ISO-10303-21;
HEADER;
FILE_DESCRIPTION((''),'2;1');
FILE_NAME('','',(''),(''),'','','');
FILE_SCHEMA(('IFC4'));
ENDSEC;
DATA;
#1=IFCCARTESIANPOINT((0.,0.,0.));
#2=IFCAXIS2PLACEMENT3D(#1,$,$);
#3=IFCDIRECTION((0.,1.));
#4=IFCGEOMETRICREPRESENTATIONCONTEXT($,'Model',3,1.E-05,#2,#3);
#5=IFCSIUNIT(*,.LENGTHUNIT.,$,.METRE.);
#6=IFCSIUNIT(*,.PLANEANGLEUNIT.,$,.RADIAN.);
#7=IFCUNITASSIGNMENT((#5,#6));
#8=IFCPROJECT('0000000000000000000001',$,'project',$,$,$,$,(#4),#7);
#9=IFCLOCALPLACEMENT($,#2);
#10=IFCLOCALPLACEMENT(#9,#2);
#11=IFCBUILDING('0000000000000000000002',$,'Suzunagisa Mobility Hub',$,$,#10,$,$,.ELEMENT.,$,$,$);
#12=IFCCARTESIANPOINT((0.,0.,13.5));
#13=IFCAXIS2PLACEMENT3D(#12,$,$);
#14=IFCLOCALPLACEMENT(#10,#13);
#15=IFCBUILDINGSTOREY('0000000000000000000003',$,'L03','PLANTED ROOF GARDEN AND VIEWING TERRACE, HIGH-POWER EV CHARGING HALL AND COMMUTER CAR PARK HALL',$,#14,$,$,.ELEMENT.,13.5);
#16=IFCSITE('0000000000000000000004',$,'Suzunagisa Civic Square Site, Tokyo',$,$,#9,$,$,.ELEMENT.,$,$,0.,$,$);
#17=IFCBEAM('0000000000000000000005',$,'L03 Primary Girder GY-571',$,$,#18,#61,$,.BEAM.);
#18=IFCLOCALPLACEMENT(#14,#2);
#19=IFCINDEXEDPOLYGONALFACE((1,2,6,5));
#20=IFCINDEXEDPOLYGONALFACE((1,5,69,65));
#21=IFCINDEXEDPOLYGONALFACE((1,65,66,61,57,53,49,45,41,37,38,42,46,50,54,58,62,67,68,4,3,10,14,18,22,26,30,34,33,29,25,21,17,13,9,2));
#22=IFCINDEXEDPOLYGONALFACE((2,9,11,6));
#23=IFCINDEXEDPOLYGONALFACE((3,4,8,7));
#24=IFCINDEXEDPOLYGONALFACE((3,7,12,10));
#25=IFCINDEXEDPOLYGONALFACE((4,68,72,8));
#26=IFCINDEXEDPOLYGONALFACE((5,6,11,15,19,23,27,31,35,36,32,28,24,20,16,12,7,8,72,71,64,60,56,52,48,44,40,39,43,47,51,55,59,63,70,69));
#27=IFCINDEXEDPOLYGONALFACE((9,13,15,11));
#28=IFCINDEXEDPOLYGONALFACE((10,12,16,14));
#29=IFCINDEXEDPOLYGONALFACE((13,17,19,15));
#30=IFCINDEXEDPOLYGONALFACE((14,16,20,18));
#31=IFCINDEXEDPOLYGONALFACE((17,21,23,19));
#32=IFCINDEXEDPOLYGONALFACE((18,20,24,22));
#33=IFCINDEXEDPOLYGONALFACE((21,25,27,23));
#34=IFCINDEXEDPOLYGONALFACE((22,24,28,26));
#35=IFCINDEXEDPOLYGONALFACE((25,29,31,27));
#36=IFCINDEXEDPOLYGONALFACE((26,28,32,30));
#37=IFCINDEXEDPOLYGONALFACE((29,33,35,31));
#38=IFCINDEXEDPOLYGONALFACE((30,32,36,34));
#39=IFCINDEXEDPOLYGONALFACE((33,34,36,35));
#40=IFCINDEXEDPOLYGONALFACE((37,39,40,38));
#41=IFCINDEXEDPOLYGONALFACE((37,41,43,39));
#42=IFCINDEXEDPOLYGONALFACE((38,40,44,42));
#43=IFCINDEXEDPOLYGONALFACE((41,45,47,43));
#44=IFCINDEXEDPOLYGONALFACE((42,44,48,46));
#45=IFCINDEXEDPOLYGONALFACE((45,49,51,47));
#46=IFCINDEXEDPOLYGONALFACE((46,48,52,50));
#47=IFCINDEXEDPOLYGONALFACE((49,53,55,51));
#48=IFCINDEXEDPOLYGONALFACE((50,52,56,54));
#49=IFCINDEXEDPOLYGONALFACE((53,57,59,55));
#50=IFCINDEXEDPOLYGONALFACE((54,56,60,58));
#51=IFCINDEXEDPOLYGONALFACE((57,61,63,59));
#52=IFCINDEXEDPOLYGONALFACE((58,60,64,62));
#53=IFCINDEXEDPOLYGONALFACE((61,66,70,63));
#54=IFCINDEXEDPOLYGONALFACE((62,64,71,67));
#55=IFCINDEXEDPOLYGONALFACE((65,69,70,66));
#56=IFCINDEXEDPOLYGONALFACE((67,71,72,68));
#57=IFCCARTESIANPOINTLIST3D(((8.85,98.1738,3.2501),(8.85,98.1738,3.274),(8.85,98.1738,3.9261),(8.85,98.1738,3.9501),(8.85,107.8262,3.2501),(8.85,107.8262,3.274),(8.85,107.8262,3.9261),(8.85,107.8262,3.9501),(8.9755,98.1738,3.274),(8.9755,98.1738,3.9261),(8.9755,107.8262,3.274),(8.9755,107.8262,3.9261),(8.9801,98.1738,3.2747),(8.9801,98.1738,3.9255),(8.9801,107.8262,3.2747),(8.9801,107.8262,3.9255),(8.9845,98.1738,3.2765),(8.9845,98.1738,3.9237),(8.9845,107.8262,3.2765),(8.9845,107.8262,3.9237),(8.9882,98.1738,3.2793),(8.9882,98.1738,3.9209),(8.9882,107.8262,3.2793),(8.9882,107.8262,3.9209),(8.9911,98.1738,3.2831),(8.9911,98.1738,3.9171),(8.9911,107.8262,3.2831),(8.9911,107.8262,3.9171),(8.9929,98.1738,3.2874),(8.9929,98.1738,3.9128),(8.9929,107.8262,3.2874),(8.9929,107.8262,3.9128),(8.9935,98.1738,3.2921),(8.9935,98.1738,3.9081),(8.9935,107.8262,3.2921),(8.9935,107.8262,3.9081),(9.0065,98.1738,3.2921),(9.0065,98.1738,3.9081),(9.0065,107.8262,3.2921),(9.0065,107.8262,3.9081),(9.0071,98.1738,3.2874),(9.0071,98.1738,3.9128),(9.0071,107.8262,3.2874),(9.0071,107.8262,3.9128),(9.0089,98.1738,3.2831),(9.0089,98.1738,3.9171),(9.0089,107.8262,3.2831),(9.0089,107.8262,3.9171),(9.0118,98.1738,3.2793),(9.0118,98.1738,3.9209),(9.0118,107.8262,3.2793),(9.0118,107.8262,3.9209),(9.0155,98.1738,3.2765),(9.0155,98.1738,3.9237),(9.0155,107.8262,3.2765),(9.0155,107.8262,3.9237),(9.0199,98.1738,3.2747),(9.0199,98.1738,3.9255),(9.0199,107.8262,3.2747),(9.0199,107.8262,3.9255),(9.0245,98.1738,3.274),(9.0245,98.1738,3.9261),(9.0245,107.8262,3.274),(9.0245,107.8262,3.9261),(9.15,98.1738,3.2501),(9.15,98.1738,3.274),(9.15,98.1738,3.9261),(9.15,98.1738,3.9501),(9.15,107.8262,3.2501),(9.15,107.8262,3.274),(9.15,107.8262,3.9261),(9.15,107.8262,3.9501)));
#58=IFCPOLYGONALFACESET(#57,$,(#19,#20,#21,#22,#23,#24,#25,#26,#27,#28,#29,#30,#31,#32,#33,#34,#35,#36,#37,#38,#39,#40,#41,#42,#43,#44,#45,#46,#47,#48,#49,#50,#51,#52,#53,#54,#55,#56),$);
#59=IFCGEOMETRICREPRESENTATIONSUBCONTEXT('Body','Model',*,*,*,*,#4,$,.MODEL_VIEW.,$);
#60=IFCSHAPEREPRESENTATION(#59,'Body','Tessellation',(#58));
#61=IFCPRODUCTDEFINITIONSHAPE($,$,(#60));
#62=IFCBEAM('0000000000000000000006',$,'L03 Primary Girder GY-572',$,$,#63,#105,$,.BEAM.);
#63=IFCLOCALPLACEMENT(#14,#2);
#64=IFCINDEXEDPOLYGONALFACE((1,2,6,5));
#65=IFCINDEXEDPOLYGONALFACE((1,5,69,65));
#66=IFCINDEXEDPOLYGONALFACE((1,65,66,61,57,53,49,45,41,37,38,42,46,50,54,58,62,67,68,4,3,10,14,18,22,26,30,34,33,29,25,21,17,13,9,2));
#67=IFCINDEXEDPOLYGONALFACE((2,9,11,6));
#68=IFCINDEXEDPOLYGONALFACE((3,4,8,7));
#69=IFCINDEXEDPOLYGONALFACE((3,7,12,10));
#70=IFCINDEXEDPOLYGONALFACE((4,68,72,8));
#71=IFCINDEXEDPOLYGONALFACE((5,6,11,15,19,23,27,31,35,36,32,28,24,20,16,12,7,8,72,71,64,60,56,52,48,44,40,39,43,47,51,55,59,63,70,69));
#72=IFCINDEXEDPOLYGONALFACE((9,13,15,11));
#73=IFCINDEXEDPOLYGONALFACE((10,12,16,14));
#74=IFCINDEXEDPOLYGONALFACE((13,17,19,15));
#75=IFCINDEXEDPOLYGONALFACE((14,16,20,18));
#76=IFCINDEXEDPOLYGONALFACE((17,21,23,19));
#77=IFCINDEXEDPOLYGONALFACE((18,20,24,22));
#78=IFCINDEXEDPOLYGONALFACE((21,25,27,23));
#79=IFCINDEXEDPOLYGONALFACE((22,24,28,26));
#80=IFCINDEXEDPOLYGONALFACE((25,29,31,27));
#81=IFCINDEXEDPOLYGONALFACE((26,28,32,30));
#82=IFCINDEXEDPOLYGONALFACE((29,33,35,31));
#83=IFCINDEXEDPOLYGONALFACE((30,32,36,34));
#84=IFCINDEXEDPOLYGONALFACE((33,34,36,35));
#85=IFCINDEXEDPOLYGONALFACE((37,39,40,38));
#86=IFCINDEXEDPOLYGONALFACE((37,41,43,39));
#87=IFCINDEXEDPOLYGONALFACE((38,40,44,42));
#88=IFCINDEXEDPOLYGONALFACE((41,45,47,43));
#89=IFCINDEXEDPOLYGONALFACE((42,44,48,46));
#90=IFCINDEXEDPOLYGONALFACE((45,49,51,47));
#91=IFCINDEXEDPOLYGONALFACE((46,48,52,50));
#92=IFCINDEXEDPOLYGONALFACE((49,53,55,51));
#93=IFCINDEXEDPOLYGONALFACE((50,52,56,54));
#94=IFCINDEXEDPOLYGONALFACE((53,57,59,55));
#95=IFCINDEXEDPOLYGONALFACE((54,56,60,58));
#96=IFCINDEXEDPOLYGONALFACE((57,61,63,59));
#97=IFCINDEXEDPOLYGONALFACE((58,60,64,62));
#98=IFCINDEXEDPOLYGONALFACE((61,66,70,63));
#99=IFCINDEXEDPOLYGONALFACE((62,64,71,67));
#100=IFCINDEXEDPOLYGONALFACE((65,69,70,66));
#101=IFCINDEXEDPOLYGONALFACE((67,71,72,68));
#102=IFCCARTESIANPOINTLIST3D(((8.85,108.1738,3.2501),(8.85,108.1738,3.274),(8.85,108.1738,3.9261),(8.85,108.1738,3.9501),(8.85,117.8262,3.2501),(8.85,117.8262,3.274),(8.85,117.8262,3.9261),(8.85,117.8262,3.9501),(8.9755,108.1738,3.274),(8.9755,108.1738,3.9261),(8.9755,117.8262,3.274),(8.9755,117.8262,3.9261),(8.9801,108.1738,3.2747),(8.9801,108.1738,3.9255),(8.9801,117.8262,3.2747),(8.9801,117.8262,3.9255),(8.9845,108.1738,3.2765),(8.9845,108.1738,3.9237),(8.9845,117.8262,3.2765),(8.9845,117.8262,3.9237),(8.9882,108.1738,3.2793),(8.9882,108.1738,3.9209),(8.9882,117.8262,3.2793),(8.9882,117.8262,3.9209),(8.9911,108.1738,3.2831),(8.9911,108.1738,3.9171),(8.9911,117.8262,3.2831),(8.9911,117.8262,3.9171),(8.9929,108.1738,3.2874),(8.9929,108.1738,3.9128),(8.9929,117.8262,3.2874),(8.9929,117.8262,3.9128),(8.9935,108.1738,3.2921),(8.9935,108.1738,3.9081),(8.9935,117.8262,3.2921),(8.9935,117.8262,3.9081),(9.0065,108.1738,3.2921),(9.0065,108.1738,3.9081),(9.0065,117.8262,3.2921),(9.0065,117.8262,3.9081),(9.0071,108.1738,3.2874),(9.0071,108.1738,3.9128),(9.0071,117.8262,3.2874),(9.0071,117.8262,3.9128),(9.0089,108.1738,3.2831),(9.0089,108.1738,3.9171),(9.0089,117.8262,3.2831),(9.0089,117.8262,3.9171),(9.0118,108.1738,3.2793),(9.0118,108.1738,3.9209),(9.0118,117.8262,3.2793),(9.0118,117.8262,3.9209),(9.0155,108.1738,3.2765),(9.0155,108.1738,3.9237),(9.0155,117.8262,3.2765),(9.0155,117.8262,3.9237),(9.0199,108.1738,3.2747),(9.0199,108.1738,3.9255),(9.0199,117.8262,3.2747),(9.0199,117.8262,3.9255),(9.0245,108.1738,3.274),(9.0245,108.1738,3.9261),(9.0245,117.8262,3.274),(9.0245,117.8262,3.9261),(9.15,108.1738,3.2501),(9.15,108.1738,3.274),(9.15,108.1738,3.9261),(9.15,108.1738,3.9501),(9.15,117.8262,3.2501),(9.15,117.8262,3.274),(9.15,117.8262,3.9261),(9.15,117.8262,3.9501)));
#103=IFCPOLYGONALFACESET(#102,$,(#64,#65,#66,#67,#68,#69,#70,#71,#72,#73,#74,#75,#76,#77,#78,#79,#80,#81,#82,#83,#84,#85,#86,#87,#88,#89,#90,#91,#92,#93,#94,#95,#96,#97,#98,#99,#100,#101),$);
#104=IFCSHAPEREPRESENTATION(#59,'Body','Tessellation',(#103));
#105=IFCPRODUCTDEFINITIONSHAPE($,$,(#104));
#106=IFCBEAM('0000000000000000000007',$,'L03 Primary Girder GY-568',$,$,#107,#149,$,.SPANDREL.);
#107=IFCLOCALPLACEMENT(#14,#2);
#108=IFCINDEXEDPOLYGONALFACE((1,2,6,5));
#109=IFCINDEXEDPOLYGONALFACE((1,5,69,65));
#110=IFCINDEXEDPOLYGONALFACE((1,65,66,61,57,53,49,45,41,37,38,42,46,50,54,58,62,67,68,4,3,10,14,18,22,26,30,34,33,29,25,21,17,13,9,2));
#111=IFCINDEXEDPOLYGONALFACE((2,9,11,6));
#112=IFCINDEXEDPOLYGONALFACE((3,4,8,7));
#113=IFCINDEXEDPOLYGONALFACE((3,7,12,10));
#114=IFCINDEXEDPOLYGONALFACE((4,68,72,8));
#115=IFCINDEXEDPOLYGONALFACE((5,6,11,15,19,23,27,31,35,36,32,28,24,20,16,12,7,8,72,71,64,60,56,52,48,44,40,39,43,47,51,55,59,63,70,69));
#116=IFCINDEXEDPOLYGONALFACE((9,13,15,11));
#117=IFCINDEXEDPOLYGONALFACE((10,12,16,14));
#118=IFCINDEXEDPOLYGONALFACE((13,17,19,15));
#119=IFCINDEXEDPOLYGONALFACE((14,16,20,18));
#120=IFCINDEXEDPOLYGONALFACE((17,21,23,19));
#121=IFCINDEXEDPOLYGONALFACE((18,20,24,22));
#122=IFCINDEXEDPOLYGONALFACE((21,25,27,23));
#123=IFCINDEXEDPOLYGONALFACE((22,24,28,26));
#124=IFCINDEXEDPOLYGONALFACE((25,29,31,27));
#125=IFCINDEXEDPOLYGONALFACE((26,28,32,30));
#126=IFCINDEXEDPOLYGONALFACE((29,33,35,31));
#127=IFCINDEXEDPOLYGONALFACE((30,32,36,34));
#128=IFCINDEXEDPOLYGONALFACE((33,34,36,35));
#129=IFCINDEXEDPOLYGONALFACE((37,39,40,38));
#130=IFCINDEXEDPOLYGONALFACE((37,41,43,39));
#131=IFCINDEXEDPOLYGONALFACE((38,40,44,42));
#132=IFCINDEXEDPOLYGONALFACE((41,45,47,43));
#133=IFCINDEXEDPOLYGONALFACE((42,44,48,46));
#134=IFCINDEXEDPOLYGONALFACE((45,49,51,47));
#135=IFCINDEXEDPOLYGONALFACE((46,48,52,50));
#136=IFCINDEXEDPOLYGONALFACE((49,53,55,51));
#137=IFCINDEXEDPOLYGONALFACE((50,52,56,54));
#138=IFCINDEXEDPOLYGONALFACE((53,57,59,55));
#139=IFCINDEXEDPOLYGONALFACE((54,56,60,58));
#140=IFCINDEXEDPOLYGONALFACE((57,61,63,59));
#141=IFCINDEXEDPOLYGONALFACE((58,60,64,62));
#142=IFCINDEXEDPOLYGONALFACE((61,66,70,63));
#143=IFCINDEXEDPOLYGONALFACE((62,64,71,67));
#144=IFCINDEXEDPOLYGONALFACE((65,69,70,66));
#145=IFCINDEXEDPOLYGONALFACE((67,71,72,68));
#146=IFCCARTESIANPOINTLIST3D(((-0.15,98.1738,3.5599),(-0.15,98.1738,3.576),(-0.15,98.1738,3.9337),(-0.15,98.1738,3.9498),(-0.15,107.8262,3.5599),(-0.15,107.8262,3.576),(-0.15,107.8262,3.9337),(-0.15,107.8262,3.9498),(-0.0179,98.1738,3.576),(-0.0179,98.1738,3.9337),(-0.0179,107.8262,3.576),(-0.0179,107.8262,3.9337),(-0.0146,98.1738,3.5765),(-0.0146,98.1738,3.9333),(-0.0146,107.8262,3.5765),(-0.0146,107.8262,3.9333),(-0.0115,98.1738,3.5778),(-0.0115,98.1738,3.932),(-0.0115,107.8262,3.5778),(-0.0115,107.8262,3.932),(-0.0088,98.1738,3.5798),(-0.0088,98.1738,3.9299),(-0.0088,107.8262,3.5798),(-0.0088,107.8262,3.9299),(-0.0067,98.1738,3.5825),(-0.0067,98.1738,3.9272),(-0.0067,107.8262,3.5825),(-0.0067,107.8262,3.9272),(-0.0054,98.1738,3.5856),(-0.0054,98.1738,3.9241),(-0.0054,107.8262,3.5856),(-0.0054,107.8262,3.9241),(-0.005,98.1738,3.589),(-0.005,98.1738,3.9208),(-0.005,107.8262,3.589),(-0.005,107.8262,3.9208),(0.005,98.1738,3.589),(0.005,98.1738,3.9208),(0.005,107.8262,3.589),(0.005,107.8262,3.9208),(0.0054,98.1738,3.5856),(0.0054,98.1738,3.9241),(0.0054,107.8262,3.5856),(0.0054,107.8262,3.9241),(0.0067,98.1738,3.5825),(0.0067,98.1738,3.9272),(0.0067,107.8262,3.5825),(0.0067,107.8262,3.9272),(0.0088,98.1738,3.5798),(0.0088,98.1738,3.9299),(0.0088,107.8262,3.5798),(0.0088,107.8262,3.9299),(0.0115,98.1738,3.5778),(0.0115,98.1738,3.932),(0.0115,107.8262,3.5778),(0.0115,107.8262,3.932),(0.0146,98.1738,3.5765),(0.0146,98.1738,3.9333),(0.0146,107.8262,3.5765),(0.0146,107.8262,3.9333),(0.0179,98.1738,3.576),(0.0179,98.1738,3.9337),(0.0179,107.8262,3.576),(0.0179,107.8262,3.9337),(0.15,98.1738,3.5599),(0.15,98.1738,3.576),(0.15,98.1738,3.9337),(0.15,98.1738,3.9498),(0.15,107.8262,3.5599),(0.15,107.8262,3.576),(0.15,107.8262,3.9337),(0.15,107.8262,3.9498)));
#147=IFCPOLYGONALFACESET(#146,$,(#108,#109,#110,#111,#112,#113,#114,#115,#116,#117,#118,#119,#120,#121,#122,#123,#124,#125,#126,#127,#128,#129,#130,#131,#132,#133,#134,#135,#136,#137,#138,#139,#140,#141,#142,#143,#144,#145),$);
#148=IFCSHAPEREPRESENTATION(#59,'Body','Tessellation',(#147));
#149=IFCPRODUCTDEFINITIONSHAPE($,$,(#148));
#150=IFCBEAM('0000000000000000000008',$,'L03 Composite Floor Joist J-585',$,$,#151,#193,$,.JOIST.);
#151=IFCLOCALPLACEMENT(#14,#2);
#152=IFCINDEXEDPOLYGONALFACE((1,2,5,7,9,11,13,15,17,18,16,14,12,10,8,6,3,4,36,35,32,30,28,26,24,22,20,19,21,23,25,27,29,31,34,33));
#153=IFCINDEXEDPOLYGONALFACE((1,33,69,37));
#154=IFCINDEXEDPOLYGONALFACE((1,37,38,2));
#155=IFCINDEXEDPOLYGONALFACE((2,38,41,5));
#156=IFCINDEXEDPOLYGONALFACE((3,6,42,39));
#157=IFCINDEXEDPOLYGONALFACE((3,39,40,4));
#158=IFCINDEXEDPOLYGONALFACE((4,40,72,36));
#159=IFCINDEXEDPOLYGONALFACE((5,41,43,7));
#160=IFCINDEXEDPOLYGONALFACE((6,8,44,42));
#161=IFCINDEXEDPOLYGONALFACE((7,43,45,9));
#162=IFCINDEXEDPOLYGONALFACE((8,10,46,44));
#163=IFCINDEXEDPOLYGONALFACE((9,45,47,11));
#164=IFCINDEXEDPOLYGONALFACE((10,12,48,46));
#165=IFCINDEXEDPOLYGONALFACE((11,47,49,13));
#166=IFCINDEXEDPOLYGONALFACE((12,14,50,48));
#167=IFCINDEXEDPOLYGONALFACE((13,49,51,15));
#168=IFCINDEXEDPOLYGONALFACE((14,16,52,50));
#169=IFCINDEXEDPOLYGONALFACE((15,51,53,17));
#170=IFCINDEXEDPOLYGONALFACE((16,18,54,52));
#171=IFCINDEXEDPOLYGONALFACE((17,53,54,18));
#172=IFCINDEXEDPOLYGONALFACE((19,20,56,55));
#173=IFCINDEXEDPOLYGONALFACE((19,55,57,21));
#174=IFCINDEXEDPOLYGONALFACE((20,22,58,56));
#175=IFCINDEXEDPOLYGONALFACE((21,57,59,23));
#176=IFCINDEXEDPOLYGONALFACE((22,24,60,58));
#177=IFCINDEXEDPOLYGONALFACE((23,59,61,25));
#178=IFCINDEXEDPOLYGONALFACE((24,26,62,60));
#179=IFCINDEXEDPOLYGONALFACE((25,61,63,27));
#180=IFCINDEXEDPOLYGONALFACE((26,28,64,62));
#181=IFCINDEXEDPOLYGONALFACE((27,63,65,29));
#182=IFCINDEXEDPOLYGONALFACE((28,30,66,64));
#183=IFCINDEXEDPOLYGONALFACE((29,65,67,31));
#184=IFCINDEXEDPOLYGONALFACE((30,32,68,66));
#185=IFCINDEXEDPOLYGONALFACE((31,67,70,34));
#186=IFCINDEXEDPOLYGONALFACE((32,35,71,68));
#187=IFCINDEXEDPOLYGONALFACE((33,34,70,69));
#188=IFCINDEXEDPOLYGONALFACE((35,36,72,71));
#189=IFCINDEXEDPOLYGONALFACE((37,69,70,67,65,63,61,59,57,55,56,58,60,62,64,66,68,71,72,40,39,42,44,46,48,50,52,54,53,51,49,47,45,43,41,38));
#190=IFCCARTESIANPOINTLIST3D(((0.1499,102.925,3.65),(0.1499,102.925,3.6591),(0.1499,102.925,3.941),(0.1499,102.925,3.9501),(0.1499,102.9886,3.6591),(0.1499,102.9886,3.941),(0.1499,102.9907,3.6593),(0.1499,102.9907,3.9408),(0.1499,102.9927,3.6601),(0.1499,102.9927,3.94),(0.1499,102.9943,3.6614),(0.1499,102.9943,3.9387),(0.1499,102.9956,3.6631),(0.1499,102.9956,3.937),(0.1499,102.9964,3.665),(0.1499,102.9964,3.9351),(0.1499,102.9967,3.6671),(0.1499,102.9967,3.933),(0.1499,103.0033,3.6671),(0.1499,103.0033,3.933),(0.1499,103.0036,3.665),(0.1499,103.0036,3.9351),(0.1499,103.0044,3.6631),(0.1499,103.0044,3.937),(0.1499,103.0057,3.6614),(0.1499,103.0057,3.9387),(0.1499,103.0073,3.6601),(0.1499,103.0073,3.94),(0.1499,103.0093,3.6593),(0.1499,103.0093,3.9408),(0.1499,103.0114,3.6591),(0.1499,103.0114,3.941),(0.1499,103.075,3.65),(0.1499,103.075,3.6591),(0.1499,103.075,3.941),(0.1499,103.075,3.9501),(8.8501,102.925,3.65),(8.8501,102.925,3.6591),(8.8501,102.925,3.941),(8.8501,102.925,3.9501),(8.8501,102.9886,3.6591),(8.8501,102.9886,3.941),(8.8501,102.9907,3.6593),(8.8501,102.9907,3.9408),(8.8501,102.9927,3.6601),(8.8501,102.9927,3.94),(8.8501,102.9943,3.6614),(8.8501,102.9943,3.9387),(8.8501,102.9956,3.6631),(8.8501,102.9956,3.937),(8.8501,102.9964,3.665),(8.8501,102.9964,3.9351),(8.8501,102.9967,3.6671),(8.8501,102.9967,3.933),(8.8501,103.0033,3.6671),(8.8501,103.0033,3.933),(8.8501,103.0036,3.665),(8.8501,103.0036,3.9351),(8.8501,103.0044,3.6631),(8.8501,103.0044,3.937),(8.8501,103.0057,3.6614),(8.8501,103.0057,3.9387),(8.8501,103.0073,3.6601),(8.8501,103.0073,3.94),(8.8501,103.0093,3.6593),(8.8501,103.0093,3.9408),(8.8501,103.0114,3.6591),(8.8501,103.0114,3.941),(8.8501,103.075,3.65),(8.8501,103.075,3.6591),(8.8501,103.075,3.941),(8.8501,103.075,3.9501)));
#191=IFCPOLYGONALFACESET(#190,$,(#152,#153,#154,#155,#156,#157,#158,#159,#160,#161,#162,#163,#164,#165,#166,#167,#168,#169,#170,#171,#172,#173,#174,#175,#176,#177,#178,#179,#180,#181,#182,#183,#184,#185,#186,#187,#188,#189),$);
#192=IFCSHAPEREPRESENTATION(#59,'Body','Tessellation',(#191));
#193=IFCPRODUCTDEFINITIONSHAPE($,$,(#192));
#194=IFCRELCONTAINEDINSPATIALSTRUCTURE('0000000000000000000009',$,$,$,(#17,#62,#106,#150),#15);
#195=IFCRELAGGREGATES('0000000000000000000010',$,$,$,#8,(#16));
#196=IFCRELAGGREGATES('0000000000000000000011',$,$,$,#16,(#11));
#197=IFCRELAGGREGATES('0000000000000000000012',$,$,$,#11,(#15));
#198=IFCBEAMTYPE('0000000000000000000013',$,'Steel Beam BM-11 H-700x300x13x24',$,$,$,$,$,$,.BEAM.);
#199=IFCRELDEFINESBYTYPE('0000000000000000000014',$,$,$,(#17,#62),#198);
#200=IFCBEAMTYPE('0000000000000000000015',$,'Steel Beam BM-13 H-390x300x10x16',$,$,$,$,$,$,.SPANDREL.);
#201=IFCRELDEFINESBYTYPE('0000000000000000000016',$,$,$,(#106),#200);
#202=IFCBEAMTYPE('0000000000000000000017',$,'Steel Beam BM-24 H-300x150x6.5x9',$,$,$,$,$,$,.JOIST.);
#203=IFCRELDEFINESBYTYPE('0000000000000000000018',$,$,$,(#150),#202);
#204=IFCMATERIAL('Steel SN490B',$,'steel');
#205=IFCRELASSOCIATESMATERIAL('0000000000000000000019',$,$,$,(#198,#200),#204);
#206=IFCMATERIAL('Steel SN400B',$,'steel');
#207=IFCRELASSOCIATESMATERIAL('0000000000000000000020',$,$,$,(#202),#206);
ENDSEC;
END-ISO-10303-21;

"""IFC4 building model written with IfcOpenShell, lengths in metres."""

from ifc_helpers import new_model, si_unit, direction, frame, origin, origin_2d, place, context, subcontext, project, spatial, i_section, extrude, material, material_profile, profile_set, type_object, element, save


model = new_model("IFC4")

# Units and contexts
model_context = context("Model", 3, precision=1e-05, world=origin(), true_north=direction((0.0, 1.0)))
body_context = subcontext(model_context, "Body", "Model", "MODEL_VIEW")
ifc_project = project(units=[si_unit("LENGTHUNIT", "METRE"), si_unit("PLANEANGLEUNIT", "RADIAN")], contexts=[model_context])

# Site, building, storey
site_placement = place(None, origin())
site = spatial("IfcSite", under=ifc_project, at=site_placement, Name="Suzunagisa Civic Square Site, Tokyo", CompositionType="ELEMENT", RefElevation=0.0)
building_placement = place(site_placement, origin())
building = spatial("IfcBuilding", under=site, at=building_placement, Name="Suzunagisa Mobility Hub", CompositionType="ELEMENT")
storey_placement = place(building_placement, frame((0.0, 0.0, 13.5)))
storey = spatial("IfcBuildingStorey", under=building, at=storey_placement, Name="L03", Description="PLANTED ROOF GARDEN AND VIEWING TERRACE, HIGH-POWER EV CHARGING HALL AND COMMUTER CAR PARK HALL", CompositionType="ELEMENT", Elevation=13.5)

# Shared definitions
ifc_material_1 = material(Name="Steel SN490B", Category="steel")

# Beams
ifc_material_profile_1 = material_profile(ifc_material_1, i_section(OverallWidth=0.3, OverallDepth=0.7, WebThickness=0.0129, FlangeThickness=0.0239, FilletRadius=0.0181, at=origin_2d()), Name="H-700x300x13x24")
ifc_profile_set_1 = profile_set([ifc_material_profile_1], Name="Steel SN490B")
beam_type_1 = type_object("IfcBeamType", Name="Steel Beam BM-11 H-700x300x13x24", PredefinedType="BEAM", material=ifc_profile_set_1)
for number, where, z_axis, x_axis, name in (
    (1, (9.0, 98.1738, 3.6001), (0.0, 1.0, 0.0), (-1.0, 0.0, 0.0), "L03 Primary Girder GY-571"),
    (2, (9.0, 108.1738, 3.6001), (0.0, 1.0, 0.0), (-1.0, 0.0, 0.0), "L03 Primary Girder GY-572"),
):
    element("IfcBeam", number, at=place(storey_placement, frame(where, z_axis=z_axis, x_axis=x_axis)), inside=storey, type_object=beam_type_1, Name=name, PredefinedType="BEAM", context=body_context, shape_type="SweptSolid", body=[
        extrude(i_section(OverallWidth=0.3, OverallDepth=0.7, WebThickness=0.0129, FlangeThickness=0.0239, FilletRadius=0.0181, at=origin_2d()), origin(), (0.0, 0.0, 1.0), 9.6523),
    ])
ifc_material_profile_2 = material_profile(ifc_material_1, i_section(OverallWidth=0.3, OverallDepth=0.3899, WebThickness=0.01, FlangeThickness=0.0161, FilletRadius=0.0129, at=origin_2d()), Name="H-390x300x10x16")
ifc_profile_set_2 = profile_set([ifc_material_profile_2], Name="Steel SN490B")
beam_type_2 = type_object("IfcBeamType", Name="Steel Beam BM-13 H-390x300x10x16", PredefinedType="SPANDREL", material=ifc_profile_set_2)
beam_1_placement = place(storey_placement, frame((0.0, 98.1738, 3.7549), z_axis=(0.0, 1.0, 0.0), x_axis=(-1.0, 0.0, 0.0)))
element("IfcBeam", 3, at=beam_1_placement, inside=storey, type_object=beam_type_2, Name="L03 Primary Girder GY-568", PredefinedType="SPANDREL", context=body_context, shape_type="SweptSolid", body=[
    extrude(i_section(OverallWidth=0.3, OverallDepth=0.3899, WebThickness=0.01, FlangeThickness=0.0161, FilletRadius=0.0129, at=origin_2d()), origin(), (0.0, 0.0, 1.0), 9.6523),
])
ifc_material_2 = material(Name="Steel SN400B", Category="steel")
ifc_material_profile_3 = material_profile(ifc_material_2, i_section(OverallWidth=0.1499, OverallDepth=0.3, WebThickness=0.0066, FlangeThickness=0.009, FilletRadius=0.0081, at=origin_2d()), Name="H-300x150x6.5x9")
ifc_profile_set_3 = profile_set([ifc_material_profile_3], Name="Steel SN400B")
beam_type_3 = type_object("IfcBeamType", Name="Steel Beam BM-24 H-300x150x6.5x9", PredefinedType="JOIST", material=ifc_profile_set_3)
beam_2_placement = place(storey_placement, frame((0.1499, 103.0, 3.8), z_axis=(1.0, 0.0, 0.0), x_axis=(0.0, 1.0, 0.0)))
element("IfcBeam", 4, at=beam_2_placement, inside=storey, type_object=beam_type_3, Name="L03 Composite Floor Joist J-585", PredefinedType="JOIST", context=body_context, shape_type="SweptSolid", body=[
    extrude(i_section(OverallWidth=0.1499, OverallDepth=0.3, WebThickness=0.0066, FlangeThickness=0.009, FilletRadius=0.0081, at=origin_2d()), origin(), (0.0, 0.0, 1.0), 8.7002),
])

save(model, "model.ifc")
